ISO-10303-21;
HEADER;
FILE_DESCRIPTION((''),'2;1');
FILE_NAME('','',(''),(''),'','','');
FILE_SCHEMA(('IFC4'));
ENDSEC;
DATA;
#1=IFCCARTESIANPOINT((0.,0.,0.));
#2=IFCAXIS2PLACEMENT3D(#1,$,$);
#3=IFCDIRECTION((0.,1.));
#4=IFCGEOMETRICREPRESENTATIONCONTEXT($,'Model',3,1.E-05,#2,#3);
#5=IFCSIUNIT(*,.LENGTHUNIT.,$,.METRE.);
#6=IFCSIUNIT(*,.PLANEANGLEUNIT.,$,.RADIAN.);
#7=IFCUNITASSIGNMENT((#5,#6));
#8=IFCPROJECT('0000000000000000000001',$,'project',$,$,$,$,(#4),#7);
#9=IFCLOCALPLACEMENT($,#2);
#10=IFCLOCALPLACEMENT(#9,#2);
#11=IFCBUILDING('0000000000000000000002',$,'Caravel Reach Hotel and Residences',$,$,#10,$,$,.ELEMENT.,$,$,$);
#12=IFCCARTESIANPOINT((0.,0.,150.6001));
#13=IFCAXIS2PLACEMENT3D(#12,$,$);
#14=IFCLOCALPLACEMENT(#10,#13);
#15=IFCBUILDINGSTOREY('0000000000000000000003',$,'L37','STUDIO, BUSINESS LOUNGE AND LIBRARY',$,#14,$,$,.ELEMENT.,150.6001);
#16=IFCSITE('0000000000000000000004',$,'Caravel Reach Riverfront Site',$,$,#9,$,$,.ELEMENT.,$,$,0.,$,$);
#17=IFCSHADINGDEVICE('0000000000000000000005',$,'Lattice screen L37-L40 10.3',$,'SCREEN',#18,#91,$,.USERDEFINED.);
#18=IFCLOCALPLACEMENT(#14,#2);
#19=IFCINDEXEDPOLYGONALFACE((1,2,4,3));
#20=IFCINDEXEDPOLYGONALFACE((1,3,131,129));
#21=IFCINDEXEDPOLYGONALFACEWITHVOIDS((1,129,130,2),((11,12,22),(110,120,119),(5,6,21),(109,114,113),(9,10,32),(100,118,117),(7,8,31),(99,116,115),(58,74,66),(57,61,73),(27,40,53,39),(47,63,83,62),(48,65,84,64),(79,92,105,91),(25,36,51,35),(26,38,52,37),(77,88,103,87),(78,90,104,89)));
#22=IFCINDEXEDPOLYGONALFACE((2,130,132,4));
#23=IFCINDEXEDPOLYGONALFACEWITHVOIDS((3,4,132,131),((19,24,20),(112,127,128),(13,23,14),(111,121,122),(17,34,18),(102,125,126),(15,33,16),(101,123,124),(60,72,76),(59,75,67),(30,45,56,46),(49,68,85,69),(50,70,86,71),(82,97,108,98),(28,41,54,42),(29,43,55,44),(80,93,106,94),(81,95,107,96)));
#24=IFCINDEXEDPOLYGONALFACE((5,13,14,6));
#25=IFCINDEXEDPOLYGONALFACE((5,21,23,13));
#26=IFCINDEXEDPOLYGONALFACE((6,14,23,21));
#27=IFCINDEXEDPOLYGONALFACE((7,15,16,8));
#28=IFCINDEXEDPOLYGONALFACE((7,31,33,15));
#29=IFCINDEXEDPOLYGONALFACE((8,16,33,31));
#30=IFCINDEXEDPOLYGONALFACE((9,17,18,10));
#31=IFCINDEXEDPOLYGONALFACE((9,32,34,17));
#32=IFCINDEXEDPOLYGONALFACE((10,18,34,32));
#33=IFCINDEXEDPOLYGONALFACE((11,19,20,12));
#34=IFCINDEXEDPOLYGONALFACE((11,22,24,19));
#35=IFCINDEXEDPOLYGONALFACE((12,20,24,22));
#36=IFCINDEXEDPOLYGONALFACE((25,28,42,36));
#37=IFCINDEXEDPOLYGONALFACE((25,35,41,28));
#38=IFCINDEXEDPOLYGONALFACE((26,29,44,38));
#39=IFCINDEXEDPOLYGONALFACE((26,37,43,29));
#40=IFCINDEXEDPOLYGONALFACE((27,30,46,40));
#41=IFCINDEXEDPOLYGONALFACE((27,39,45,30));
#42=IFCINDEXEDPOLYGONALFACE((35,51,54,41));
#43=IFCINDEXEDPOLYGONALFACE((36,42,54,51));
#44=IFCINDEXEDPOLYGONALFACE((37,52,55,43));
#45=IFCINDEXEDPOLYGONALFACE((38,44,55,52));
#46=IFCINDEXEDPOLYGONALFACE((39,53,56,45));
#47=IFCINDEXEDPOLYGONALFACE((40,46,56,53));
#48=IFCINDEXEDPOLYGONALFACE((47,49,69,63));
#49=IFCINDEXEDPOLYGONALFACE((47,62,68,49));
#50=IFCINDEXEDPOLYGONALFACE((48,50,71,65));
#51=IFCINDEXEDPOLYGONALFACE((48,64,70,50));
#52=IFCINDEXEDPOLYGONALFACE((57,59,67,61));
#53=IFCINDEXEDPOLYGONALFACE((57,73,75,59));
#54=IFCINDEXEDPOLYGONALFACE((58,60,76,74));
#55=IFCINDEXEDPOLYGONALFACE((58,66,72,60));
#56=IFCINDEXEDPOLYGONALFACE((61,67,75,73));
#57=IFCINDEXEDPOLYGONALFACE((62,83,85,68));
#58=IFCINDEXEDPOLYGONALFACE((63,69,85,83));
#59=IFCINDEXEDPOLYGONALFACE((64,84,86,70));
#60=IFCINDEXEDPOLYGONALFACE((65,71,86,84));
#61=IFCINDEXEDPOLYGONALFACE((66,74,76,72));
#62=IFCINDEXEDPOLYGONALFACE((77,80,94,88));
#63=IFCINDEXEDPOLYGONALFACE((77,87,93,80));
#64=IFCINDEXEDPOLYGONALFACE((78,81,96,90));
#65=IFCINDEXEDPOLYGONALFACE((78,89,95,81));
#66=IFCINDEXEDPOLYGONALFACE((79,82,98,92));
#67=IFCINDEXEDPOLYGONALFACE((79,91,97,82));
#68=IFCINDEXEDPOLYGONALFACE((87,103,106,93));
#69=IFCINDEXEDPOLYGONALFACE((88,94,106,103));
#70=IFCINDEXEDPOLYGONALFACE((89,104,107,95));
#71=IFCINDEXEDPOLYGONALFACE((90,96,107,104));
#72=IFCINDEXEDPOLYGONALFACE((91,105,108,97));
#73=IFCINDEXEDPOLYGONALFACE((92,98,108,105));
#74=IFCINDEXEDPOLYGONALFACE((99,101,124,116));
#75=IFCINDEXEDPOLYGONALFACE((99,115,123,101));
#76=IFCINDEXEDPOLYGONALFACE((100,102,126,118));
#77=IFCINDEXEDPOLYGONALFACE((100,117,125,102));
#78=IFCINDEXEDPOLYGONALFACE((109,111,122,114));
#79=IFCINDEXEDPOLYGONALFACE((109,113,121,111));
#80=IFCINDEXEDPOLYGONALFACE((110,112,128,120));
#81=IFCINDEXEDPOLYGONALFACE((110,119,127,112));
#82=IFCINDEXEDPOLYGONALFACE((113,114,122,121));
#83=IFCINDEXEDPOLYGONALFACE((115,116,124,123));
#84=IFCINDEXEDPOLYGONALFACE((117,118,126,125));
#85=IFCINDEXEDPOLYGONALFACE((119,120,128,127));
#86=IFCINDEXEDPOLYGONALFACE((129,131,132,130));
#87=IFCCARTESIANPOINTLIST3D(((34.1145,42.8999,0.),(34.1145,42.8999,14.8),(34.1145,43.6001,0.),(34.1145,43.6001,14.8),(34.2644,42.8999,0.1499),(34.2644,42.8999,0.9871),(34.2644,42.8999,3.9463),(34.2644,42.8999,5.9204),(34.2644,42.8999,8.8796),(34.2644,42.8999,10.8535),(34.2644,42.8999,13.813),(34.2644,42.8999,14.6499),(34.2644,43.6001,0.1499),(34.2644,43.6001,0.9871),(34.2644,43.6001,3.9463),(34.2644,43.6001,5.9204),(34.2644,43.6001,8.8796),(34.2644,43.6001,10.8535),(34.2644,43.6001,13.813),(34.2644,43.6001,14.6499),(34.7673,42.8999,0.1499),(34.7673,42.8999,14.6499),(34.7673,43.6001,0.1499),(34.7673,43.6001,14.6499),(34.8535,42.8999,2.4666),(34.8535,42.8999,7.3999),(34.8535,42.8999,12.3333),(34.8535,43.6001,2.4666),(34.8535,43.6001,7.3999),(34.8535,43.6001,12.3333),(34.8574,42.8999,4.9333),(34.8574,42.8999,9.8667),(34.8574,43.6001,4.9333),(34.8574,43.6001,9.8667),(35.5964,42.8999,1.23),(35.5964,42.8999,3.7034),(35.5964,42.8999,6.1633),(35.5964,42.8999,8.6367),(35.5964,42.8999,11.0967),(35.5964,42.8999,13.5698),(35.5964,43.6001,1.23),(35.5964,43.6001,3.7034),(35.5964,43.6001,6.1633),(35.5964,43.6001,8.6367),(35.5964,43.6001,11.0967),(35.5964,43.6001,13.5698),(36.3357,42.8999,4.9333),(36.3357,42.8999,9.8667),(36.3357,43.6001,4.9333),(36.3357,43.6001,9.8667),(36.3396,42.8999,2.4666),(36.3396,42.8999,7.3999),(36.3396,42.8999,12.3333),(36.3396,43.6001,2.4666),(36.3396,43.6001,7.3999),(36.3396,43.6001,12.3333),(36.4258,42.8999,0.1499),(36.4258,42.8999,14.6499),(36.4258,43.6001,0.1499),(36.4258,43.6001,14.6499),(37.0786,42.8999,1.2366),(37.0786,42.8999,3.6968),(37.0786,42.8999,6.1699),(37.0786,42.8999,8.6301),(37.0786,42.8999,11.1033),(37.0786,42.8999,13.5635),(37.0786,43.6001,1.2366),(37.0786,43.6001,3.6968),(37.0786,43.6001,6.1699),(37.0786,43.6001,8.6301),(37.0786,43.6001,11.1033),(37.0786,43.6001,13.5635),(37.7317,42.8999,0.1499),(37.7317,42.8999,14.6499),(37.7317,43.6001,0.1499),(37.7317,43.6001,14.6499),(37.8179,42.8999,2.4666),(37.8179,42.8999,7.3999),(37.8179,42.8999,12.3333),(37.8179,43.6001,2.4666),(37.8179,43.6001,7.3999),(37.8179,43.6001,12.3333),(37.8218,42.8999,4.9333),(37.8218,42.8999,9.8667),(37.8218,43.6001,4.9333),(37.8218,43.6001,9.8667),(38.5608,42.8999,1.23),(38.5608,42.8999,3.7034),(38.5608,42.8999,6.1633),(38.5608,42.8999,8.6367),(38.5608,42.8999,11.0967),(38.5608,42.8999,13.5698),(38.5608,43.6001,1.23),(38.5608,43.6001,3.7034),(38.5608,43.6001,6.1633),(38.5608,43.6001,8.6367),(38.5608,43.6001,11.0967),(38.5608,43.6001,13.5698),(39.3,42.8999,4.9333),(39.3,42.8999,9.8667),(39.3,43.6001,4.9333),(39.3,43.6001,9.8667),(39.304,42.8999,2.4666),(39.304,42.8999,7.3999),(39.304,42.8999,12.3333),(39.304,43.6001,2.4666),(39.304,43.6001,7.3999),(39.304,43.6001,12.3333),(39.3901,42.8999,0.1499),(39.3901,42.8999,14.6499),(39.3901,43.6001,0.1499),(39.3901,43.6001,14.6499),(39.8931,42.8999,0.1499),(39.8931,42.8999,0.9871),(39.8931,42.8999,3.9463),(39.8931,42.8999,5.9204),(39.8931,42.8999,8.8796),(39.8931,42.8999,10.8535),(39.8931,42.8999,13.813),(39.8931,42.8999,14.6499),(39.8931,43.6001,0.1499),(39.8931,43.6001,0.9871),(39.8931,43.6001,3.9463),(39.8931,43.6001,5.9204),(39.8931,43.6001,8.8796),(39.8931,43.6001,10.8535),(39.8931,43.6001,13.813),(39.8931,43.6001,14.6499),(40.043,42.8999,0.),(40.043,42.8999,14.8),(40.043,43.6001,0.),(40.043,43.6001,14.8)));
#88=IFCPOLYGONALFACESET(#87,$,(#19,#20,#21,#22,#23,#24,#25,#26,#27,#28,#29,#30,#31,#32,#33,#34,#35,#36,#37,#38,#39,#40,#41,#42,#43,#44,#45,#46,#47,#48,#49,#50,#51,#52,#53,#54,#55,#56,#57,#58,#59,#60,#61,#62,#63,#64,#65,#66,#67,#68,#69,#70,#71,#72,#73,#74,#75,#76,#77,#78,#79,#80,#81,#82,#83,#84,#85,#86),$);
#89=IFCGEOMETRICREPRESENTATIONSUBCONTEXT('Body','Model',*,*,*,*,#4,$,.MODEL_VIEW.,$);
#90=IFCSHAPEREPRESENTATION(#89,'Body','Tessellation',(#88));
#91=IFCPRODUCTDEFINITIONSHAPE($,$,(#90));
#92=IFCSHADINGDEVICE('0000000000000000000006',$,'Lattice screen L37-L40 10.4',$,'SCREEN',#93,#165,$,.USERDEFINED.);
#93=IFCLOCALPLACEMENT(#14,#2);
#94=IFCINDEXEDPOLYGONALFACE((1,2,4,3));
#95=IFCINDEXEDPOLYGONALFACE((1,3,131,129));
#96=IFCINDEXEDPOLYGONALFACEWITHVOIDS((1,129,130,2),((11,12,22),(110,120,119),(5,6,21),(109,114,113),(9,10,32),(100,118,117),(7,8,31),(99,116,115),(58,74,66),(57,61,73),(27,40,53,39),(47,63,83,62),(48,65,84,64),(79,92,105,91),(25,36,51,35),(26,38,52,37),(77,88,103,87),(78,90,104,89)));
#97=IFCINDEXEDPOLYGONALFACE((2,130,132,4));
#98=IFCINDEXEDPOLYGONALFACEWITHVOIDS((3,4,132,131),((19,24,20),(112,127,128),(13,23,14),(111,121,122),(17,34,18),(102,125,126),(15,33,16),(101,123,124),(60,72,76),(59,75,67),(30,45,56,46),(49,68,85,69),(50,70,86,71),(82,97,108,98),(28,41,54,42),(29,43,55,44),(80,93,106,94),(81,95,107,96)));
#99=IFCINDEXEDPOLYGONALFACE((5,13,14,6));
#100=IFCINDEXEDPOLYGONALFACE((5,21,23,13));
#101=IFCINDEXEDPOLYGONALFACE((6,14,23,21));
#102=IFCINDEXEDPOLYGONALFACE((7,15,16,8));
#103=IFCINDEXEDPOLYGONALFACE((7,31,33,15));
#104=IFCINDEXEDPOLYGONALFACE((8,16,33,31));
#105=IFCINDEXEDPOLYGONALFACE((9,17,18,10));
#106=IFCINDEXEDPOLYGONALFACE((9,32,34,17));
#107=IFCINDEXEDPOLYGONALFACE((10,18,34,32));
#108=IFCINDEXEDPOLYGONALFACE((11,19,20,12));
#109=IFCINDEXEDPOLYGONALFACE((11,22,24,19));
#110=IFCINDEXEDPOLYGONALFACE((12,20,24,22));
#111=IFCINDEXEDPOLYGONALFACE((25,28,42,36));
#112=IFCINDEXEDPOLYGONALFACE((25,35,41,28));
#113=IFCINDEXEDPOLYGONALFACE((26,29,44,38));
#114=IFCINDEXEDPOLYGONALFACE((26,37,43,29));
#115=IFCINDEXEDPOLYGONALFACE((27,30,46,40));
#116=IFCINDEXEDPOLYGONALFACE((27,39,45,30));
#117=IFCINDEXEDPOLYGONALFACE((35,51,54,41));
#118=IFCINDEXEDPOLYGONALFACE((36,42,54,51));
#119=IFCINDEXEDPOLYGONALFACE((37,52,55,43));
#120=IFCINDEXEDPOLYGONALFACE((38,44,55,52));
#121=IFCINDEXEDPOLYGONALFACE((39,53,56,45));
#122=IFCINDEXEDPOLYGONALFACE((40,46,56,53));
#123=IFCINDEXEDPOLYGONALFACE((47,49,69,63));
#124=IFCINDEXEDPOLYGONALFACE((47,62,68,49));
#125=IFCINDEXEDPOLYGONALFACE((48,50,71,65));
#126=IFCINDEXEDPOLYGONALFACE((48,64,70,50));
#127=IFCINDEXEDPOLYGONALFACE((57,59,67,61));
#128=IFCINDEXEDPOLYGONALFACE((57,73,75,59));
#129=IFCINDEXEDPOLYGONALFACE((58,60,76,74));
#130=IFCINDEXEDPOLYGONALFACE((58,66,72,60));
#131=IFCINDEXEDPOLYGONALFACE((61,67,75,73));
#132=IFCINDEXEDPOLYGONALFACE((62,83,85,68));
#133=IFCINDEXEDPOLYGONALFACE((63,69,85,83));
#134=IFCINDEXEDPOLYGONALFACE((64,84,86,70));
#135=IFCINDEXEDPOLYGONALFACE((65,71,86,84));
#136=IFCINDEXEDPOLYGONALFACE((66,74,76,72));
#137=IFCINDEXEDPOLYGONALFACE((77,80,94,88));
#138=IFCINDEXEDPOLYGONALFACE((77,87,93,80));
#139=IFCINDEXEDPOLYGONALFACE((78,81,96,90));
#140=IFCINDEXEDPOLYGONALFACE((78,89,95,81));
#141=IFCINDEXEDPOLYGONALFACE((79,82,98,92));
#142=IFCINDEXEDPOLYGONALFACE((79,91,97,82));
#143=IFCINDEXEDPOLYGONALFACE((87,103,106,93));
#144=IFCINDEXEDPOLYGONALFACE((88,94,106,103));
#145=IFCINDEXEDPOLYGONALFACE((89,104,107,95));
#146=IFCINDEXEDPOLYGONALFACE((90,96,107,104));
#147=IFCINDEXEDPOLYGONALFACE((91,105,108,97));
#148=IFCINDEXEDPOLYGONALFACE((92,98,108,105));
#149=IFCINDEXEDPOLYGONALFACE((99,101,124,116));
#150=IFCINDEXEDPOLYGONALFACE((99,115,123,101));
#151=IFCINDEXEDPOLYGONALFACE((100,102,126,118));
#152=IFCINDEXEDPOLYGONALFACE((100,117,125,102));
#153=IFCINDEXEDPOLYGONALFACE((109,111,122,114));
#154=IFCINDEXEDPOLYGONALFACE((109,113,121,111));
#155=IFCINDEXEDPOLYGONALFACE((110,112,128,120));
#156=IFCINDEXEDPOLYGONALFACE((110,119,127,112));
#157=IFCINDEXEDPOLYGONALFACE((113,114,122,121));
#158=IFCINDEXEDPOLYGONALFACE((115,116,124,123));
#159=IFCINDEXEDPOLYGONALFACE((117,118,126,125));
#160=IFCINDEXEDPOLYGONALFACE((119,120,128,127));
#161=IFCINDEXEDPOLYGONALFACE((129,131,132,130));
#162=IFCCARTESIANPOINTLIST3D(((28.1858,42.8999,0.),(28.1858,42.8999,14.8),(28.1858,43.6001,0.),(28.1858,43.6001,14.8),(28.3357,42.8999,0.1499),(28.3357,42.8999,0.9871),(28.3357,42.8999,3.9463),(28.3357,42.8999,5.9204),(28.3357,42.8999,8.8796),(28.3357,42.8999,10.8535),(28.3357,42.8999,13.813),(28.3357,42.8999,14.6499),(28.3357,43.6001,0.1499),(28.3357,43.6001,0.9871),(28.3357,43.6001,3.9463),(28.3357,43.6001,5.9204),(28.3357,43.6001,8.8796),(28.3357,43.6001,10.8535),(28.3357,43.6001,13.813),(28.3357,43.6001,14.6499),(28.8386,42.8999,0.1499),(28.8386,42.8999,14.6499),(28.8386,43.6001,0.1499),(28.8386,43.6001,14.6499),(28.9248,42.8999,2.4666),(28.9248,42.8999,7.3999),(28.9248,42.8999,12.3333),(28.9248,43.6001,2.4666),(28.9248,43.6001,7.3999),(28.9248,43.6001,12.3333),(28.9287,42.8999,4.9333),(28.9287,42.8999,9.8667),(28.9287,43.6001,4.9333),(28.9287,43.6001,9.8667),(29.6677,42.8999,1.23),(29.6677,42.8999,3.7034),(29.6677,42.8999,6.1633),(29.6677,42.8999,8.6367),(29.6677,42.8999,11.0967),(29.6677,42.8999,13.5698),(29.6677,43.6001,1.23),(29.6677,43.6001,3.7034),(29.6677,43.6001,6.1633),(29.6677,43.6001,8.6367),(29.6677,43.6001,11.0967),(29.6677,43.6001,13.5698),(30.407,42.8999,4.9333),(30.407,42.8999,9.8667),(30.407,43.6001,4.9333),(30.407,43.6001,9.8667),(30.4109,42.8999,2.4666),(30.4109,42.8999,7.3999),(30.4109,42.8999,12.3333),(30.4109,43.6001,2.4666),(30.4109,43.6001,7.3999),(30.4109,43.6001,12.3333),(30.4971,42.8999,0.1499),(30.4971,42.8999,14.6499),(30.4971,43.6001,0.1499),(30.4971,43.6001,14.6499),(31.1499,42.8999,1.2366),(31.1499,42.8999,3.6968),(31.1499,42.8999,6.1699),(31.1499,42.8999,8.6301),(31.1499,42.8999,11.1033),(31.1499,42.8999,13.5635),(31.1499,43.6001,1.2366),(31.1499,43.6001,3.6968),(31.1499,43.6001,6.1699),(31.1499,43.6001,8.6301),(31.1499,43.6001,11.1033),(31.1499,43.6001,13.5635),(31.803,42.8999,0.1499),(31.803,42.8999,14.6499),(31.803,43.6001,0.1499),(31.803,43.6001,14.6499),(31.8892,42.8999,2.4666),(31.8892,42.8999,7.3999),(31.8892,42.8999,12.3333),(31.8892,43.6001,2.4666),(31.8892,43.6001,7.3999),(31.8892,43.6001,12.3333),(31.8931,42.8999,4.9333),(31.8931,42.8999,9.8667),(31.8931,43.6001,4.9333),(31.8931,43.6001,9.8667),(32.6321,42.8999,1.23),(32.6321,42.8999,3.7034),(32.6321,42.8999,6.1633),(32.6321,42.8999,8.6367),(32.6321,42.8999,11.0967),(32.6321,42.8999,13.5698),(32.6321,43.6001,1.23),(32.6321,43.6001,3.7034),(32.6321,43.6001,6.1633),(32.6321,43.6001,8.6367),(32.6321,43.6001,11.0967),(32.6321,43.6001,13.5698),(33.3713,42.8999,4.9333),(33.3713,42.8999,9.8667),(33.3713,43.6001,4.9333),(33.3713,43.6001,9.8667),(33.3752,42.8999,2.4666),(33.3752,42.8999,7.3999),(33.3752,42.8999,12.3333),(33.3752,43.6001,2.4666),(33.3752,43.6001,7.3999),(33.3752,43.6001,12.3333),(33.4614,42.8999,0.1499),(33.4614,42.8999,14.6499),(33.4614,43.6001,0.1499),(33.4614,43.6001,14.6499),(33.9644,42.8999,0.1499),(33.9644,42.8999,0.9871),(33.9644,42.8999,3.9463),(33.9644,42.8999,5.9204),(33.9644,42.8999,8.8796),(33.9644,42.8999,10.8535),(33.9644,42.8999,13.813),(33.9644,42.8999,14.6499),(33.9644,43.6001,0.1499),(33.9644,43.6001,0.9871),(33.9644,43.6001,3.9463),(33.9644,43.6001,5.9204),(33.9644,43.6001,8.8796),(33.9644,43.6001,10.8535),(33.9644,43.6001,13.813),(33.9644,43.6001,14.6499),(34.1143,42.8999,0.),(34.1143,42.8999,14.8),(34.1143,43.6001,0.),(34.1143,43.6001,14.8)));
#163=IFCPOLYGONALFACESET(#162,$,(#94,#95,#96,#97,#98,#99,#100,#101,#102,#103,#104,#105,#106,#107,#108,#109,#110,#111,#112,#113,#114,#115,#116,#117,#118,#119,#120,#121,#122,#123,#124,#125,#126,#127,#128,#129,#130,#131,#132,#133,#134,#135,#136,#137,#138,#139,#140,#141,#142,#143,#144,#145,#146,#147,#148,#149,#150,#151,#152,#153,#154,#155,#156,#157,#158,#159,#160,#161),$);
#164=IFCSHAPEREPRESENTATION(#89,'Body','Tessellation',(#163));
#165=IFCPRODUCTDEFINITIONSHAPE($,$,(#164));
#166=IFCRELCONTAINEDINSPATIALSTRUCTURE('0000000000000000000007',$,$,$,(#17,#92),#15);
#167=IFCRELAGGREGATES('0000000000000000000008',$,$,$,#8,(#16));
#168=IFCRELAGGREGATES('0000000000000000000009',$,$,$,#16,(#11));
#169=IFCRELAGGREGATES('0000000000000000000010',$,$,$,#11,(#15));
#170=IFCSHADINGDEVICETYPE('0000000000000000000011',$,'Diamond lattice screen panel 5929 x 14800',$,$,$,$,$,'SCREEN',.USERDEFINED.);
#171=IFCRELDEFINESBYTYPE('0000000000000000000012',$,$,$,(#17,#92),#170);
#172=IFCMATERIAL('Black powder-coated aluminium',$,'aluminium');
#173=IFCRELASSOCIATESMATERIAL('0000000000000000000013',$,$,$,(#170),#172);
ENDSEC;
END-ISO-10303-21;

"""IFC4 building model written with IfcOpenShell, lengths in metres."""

from ifc_helpers import new_model, si_unit, direction, frame, origin, place, context, subcontext, project, spatial, polyline, outline, extrude, material, type_object, element, save


model = new_model("IFC4")

# Units and contexts
model_context = context("Model", 3, precision=1e-05, world=origin(), true_north=direction((0.0, 1.0)))
body_context = subcontext(model_context, "Body", "Model", "MODEL_VIEW")
ifc_project = project(units=[si_unit("LENGTHUNIT", "METRE"), si_unit("PLANEANGLEUNIT", "RADIAN")], contexts=[model_context])

# Site, building, storey
site_placement = place(None, origin())
site = spatial("IfcSite", under=ifc_project, at=site_placement, Name="Caravel Reach Riverfront Site", CompositionType="ELEMENT", RefElevation=0.0)
building_placement = place(site_placement, origin())
building = spatial("IfcBuilding", under=site, at=building_placement, Name="Caravel Reach Hotel and Residences", CompositionType="ELEMENT")
storey_placement = place(building_placement, frame((0.0, 0.0, 150.6001)))
storey = spatial("IfcBuildingStorey", under=building, at=storey_placement, Name="L37", Description="STUDIO, BUSINESS LOUNGE AND LIBRARY", CompositionType="ELEMENT", Elevation=150.6001)

# Shading devices
ifc_material_1 = material(Name="Black powder-coated aluminium", Category="aluminium")
shading_device_type = type_object("IfcShadingDeviceType", Name="Diamond lattice screen panel 5929 x 14800", ElementType="SCREEN", PredefinedType="USERDEFINED", material=ifc_material_1)
shading_device_1_placement = place(storey_placement, frame((40.043, 42.8999, 0.0), z_axis=(0.0, 1.0, 0.0), x_axis=(-1.0, 0.0, 0.0)))
element("IfcShadingDevice", 1, at=shading_device_1_placement, inside=storey, type_object=shading_device_type, Name="Lattice screen L37-L40 10.3", ObjectType="SCREEN", PredefinedType="USERDEFINED", context=body_context, shape_type="SweptSolid", body=[
    extrude(outline(polyline([(0.0, 0.0), (5.9285, 0.0), (5.9285, 14.8), (0.0, 14.8), (0.0, 0.0)]), holes=[polyline([(0.6528, 0.1499), (0.1499, 0.9871), (0.1499, 0.1499), (0.6528, 0.1499)]), polyline([(0.7429, 4.9333), (0.1499, 5.9204), (0.1499, 3.9463), (0.7429, 4.9333)]), polyline([(0.7429, 9.8667), (0.1499, 10.8535), (0.1499, 8.8796), (0.7429, 9.8667)]), polyline([(0.1499, 13.813), (0.6528, 14.6499), (0.1499, 14.6499), (0.1499, 13.813)]), polyline([(1.4822, 3.7034), (0.739, 2.4666), (1.4822, 1.23), (2.2251, 2.4666), (1.4822, 3.7034)]), polyline([(1.4822, 8.6367), (0.739, 7.3999), (1.4822, 6.1633), (2.2251, 7.3999), (1.4822, 8.6367)]), polyline([(1.4822, 13.5698), (0.739, 12.3333), (1.4822, 11.0967), (2.2251, 12.3333), (1.4822, 13.5698)]), polyline([(2.9644, 1.2366), (2.3113, 0.1499), (3.6172, 0.1499), (2.9644, 1.2366)]), polyline([(2.9644, 6.1699), (2.2212, 4.9333), (2.9644, 3.6968), (3.7073, 4.9333), (2.9644, 6.1699)]), polyline([(2.9644, 11.1033), (2.2212, 9.8667), (2.9644, 8.6301), (3.7073, 9.8667), (2.9644, 11.1033)]), polyline([(2.9644, 13.5635), (3.6172, 14.6499), (2.3113, 14.6499), (2.9644, 13.5635)]), polyline([(4.4465, 3.7034), (3.7034, 2.4666), (4.4465, 1.23), (5.1895, 2.4666), (4.4465, 3.7034)]), polyline([(4.4465, 8.6367), (3.7034, 7.3999), (4.4465, 6.1633), (5.1895, 7.3999), (4.4465, 8.6367)]), polyline([(4.4465, 13.5698), (3.7034, 12.3333), (4.4465, 11.0967), (5.1895, 12.3333), (4.4465, 13.5698)]), polyline([(5.7786, 0.9871), (5.2756, 0.1499), (5.7786, 0.1499), (5.7786, 0.9871)]), polyline([(5.1855, 4.9333), (5.7786, 3.9463), (5.7786, 5.9204), (5.1855, 4.9333)]), polyline([(5.1855, 9.8667), (5.7786, 8.8796), (5.7786, 10.8535), (5.1855, 9.8667)]), polyline([(5.2756, 14.6499), (5.7786, 13.813), (5.7786, 14.6499), (5.2756, 14.6499)])]), origin(), (0.0, 0.0, 1.0), 0.7002),
])
shading_device_2_placement = place(storey_placement, frame((34.1143, 42.8999, 0.0), z_axis=(0.0, 1.0, 0.0), x_axis=(-1.0, 0.0, 0.0)))
element("IfcShadingDevice", 2, at=shading_device_2_placement, inside=storey, type_object=shading_device_type, Name="Lattice screen L37-L40 10.4", ObjectType="SCREEN", PredefinedType="USERDEFINED", context=body_context, shape_type="SweptSolid", body=[
    extrude(outline(polyline([(0.0, 0.0), (5.9285, 0.0), (5.9285, 14.8), (0.0, 14.8), (0.0, 0.0)]), holes=[polyline([(0.6528, 0.1499), (0.1499, 0.9871), (0.1499, 0.1499), (0.6528, 0.1499)]), polyline([(0.7429, 4.9333), (0.1499, 5.9204), (0.1499, 3.9463), (0.7429, 4.9333)]), polyline([(0.7429, 9.8667), (0.1499, 10.8535), (0.1499, 8.8796), (0.7429, 9.8667)]), polyline([(0.1499, 13.813), (0.6528, 14.6499), (0.1499, 14.6499), (0.1499, 13.813)]), polyline([(1.4822, 3.7034), (0.739, 2.4666), (1.4822, 1.23), (2.2251, 2.4666), (1.4822, 3.7034)]), polyline([(1.4822, 8.6367), (0.739, 7.3999), (1.4822, 6.1633), (2.2251, 7.3999), (1.4822, 8.6367)]), polyline([(1.4822, 13.5698), (0.739, 12.3333), (1.4822, 11.0967), (2.2251, 12.3333), (1.4822, 13.5698)]), polyline([(2.9644, 1.2366), (2.3113, 0.1499), (3.6172, 0.1499), (2.9644, 1.2366)]), polyline([(2.9644, 6.1699), (2.2212, 4.9333), (2.9644, 3.6968), (3.7073, 4.9333), (2.9644, 6.1699)]), polyline([(2.9644, 11.1033), (2.2212, 9.8667), (2.9644, 8.6301), (3.7073, 9.8667), (2.9644, 11.1033)]), polyline([(2.9644, 13.5635), (3.6172, 14.6499), (2.3113, 14.6499), (2.9644, 13.5635)]), polyline([(4.4465, 3.7034), (3.7034, 2.4666), (4.4465, 1.23), (5.1895, 2.4666), (4.4465, 3.7034)]), polyline([(4.4465, 8.6367), (3.7034, 7.3999), (4.4465, 6.1633), (5.1895, 7.3999), (4.4465, 8.6367)]), polyline([(4.4465, 13.5698), (3.7034, 12.3333), (4.4465, 11.0967), (5.1895, 12.3333), (4.4465, 13.5698)]), polyline([(5.7786, 0.9871), (5.2756, 0.1499), (5.7786, 0.1499), (5.7786, 0.9871)]), polyline([(5.1855, 4.9333), (5.7786, 3.9463), (5.7786, 5.9204), (5.1855, 4.9333)]), polyline([(5.1855, 9.8667), (5.7786, 8.8796), (5.7786, 10.8535), (5.1855, 9.8667)]), polyline([(5.2756, 14.6499), (5.7786, 13.813), (5.7786, 14.6499), (5.2756, 14.6499)])]), origin(), (0.0, 0.0, 1.0), 0.7002),
])

save(model, "model.ifc")
